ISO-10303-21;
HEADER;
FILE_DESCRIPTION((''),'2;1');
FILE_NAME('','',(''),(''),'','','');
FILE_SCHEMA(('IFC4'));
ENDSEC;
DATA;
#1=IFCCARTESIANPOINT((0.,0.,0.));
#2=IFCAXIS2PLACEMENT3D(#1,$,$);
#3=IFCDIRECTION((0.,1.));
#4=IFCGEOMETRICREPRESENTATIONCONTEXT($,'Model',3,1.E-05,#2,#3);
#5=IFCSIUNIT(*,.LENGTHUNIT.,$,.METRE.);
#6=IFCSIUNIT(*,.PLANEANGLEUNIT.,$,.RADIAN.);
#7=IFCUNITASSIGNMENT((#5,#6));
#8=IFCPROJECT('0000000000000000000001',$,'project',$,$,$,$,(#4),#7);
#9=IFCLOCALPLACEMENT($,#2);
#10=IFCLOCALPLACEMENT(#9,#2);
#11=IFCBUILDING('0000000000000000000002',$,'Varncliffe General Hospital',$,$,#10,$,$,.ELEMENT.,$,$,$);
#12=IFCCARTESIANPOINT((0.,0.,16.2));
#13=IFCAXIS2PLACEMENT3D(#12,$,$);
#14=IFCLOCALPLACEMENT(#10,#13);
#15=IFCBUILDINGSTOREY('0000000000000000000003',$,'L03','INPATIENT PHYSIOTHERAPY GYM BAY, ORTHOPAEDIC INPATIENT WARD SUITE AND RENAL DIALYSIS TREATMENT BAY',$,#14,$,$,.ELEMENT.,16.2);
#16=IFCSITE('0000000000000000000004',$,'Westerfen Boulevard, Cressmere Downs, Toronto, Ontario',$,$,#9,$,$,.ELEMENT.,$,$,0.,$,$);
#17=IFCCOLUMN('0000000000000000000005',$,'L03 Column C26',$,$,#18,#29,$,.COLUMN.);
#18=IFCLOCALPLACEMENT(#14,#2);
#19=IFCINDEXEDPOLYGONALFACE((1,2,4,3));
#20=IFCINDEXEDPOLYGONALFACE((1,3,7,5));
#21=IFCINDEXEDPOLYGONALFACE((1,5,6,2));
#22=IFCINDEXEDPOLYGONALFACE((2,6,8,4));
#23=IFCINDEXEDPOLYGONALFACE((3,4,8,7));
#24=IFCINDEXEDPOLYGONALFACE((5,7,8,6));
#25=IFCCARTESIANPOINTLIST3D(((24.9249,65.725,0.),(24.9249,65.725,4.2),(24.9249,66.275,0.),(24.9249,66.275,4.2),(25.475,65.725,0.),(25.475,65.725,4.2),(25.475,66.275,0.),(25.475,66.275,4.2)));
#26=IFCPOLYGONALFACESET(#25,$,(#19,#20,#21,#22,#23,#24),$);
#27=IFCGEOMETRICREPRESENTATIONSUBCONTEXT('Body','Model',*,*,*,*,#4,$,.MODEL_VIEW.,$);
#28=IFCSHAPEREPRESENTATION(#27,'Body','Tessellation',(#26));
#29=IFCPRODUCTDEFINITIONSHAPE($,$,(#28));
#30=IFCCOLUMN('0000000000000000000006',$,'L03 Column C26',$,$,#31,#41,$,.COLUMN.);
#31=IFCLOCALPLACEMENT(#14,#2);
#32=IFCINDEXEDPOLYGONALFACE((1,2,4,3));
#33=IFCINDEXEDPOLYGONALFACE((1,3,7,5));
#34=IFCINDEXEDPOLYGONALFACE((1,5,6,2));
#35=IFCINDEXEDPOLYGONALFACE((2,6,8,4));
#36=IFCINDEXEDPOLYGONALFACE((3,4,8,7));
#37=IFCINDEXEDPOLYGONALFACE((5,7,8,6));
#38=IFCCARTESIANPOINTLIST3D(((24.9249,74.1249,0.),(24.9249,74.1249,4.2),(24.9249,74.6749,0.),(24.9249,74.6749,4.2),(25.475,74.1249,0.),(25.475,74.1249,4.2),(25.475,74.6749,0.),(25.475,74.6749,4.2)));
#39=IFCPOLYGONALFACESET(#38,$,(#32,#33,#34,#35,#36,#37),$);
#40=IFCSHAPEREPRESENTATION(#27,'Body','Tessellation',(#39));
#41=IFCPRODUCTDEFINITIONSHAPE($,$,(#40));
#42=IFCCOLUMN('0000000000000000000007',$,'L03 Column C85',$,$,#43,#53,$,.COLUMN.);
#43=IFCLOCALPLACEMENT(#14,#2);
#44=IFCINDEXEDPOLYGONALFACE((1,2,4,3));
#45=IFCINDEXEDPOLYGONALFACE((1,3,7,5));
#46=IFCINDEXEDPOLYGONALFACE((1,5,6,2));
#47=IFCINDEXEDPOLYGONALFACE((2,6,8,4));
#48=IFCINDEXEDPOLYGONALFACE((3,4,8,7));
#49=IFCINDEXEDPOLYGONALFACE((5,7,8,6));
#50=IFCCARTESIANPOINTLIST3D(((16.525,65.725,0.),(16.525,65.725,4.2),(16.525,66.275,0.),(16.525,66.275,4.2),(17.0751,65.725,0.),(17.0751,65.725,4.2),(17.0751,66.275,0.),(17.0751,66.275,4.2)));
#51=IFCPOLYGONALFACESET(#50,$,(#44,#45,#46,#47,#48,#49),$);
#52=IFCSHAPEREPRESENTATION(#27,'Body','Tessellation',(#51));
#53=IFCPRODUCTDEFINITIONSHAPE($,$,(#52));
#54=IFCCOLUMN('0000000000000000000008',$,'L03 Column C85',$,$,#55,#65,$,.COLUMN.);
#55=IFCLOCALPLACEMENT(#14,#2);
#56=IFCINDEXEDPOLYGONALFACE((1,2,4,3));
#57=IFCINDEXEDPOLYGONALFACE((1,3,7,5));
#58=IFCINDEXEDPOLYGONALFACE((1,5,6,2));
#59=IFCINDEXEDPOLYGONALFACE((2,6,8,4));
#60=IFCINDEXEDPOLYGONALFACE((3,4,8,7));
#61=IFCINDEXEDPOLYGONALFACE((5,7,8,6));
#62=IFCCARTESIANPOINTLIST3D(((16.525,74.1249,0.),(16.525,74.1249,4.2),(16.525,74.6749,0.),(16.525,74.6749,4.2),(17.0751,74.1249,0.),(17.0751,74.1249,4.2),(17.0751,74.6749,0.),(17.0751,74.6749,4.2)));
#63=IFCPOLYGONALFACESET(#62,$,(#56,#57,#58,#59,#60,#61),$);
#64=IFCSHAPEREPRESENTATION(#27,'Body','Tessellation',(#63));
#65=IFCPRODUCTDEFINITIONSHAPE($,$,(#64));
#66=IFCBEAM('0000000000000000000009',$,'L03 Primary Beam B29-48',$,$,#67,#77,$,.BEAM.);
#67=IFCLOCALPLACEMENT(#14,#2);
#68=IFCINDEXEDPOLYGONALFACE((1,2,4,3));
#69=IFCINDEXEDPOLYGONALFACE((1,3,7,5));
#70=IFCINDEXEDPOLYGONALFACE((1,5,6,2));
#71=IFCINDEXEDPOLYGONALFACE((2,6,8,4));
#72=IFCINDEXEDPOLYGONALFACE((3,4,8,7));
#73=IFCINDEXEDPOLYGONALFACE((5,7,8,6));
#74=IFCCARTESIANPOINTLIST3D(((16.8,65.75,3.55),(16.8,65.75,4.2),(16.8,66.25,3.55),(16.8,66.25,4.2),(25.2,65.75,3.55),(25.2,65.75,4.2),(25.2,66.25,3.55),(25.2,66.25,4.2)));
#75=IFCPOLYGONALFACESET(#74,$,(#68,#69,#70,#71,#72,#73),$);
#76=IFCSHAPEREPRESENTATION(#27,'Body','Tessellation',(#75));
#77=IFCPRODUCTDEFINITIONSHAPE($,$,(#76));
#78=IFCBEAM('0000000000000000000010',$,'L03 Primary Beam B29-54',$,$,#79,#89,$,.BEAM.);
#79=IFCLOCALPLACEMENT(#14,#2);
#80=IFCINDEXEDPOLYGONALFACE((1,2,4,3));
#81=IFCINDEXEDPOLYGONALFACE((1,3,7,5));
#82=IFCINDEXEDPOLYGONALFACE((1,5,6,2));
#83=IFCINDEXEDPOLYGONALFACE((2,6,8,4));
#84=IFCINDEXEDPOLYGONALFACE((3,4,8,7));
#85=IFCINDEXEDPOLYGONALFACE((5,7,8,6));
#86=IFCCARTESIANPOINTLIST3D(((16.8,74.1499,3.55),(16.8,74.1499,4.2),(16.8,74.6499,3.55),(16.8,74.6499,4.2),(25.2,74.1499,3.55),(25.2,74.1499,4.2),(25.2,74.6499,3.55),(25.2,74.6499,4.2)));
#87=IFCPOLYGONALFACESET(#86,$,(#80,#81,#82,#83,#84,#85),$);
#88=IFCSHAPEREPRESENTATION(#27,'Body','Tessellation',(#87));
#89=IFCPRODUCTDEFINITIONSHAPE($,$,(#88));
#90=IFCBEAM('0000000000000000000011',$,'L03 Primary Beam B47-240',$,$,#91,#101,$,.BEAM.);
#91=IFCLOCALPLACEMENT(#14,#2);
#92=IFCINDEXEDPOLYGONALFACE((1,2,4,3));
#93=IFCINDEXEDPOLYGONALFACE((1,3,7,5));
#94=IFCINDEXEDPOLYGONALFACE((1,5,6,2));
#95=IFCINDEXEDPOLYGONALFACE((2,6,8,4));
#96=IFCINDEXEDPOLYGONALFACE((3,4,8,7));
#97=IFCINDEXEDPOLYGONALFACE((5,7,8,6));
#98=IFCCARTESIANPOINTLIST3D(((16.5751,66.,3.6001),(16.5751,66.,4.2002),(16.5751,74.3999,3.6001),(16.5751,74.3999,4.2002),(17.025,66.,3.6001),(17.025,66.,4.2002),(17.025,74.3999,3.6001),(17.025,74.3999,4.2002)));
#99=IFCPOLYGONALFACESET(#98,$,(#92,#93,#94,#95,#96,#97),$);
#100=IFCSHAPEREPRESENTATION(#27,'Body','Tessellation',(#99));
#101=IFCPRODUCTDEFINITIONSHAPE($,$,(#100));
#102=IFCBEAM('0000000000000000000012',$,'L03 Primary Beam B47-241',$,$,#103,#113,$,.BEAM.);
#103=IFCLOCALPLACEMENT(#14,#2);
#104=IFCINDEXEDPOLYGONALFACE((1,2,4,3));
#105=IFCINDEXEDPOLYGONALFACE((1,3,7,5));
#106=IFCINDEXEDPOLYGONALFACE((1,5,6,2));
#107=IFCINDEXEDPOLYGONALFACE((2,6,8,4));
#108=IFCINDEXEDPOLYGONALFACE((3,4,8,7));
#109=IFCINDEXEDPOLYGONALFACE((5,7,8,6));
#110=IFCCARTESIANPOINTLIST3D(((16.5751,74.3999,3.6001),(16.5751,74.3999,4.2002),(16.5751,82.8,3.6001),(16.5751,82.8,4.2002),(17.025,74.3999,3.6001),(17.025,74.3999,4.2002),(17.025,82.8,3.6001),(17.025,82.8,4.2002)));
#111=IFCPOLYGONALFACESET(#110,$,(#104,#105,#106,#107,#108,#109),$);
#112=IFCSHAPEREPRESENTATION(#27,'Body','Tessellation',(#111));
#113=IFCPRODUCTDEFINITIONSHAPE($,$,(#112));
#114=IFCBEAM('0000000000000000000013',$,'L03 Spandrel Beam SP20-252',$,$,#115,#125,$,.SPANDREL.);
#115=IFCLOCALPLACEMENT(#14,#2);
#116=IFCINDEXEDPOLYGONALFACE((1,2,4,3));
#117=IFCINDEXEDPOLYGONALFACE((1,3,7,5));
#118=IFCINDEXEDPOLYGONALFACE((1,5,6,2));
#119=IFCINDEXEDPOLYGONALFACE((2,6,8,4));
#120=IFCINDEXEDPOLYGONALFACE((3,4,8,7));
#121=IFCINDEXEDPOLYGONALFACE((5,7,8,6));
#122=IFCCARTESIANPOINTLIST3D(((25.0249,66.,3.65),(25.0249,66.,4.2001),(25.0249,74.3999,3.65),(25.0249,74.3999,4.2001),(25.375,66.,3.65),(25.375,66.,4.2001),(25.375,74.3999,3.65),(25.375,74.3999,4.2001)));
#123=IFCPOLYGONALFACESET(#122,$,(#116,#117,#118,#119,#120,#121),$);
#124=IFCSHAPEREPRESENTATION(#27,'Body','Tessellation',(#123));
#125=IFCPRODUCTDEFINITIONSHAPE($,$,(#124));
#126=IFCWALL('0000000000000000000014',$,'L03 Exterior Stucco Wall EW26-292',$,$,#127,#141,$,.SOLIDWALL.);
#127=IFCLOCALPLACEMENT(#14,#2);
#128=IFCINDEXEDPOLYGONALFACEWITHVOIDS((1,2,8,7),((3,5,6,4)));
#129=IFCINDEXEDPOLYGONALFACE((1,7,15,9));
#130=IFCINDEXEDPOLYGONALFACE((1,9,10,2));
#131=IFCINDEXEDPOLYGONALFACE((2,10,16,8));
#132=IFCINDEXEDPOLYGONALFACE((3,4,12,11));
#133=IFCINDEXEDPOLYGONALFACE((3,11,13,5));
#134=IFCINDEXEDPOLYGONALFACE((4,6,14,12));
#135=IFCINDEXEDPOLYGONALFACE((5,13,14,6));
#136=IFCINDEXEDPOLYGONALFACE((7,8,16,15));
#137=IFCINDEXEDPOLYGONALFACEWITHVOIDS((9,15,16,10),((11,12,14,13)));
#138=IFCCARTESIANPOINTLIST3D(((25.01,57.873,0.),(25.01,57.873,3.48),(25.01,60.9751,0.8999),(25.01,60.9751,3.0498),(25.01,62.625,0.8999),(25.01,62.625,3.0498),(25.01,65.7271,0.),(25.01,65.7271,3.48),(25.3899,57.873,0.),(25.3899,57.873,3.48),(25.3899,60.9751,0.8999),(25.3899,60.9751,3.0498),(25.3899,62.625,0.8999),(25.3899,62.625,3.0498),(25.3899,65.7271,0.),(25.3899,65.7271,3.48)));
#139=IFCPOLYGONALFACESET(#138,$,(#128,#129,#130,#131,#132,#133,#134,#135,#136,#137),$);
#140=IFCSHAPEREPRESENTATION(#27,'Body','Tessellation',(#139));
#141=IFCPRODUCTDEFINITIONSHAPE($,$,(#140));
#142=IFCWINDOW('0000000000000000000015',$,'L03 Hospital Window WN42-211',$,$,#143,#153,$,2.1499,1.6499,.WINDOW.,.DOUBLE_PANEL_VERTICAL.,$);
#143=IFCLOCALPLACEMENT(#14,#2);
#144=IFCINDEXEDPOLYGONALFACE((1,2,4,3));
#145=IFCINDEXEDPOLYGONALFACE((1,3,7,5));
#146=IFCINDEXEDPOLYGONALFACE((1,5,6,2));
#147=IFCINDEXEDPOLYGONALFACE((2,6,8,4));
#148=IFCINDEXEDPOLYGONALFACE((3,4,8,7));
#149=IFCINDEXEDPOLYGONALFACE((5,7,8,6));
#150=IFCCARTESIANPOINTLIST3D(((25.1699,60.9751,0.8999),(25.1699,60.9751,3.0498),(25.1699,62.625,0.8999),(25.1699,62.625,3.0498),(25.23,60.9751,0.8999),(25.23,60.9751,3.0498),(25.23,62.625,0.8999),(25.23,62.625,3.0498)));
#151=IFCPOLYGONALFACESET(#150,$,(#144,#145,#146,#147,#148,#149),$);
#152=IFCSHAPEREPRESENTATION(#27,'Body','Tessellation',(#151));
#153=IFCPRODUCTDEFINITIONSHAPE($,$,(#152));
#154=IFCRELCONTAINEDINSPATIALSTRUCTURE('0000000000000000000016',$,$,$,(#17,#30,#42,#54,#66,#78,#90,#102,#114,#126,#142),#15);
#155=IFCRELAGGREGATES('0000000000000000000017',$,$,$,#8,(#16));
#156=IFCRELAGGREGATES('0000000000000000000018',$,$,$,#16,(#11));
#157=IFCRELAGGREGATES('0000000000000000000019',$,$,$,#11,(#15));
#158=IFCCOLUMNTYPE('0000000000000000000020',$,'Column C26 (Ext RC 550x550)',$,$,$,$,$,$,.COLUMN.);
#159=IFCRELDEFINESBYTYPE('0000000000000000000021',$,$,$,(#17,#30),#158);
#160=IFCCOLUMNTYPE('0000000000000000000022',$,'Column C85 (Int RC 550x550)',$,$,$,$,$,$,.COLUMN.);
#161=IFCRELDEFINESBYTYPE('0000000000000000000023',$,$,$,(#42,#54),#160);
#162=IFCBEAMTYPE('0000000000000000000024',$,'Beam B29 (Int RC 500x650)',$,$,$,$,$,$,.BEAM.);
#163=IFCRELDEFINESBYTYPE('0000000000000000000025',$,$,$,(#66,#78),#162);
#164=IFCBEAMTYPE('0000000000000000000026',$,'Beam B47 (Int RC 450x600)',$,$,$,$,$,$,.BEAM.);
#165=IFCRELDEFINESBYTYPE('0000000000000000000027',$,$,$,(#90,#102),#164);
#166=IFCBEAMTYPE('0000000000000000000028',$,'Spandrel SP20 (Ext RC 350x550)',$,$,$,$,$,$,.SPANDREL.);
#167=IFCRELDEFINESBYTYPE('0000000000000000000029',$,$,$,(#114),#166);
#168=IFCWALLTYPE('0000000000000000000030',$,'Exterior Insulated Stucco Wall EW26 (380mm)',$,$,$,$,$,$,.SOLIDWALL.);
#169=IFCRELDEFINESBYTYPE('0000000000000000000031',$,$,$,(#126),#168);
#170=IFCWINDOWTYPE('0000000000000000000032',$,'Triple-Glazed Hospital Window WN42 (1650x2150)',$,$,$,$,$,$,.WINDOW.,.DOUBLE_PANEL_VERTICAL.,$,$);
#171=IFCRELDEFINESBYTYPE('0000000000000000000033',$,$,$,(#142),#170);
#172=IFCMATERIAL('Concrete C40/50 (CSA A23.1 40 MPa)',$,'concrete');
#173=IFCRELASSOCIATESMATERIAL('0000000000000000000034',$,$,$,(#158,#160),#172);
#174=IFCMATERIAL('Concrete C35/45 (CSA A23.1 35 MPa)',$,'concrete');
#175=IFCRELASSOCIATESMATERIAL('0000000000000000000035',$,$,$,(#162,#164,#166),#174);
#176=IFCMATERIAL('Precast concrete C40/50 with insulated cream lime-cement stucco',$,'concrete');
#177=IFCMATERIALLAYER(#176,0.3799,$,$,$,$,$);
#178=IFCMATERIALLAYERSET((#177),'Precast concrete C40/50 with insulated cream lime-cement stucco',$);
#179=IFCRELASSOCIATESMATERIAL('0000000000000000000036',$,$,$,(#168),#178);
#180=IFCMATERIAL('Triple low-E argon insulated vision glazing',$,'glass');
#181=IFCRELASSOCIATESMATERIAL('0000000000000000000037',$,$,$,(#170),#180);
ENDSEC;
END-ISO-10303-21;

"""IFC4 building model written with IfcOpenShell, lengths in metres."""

from ifc_helpers import new_model, si_unit, direction, frame, frame_2d, origin, origin_2d, place, context, subcontext, project, spatial, rectangle, extrude, material, layer, layer_set, material_profile, profile_set, type_object, element, fill, save


model = new_model("IFC4")

# Units and contexts
model_context = context("Model", 3, precision=1e-05, world=origin(), true_north=direction((0.0, 1.0)))
body_context = subcontext(model_context, "Body", "Model", "MODEL_VIEW")
ifc_project = project(units=[si_unit("LENGTHUNIT", "METRE"), si_unit("PLANEANGLEUNIT", "RADIAN")], contexts=[model_context])

# Site, building, storey
site_placement = place(None, origin())
site = spatial("IfcSite", under=ifc_project, at=site_placement, Name="Westerfen Boulevard, Cressmere Downs, Toronto, Ontario", CompositionType="ELEMENT", RefElevation=0.0)
building_placement = place(site_placement, origin())
building = spatial("IfcBuilding", under=site, at=building_placement, Name="Varncliffe General Hospital", CompositionType="ELEMENT")
storey_placement = place(building_placement, frame((0.0, 0.0, 16.2)))
storey = spatial("IfcBuildingStorey", under=building, at=storey_placement, Name="L03", Description="INPATIENT PHYSIOTHERAPY GYM BAY, ORTHOPAEDIC INPATIENT WARD SUITE AND RENAL DIALYSIS TREATMENT BAY", CompositionType="ELEMENT", Elevation=16.2)

# Columns
ifc_material_1 = material(Name="Concrete C40/50 (CSA A23.1 40 MPa)", Category="concrete")
ifc_material_profile_1 = material_profile(ifc_material_1, rectangle(XDim=0.55, YDim=0.55, at=origin_2d()), Name="RC 550x550")
ifc_profile_set_1 = profile_set([ifc_material_profile_1], Name="Concrete C40/50 (CSA A23.1 40 MPa)")
column_type_1 = type_object("IfcColumnType", Name="Column C26 (Ext RC 550x550)", PredefinedType="COLUMN", material=ifc_profile_set_1)
for number, where, z_axis, x_axis, name in (
    (1, (25.2, 66.0, 0.0), (0.0, 0.0, 1.0), (1.0, 0.0, 0.0), "L03 Column C26"),
    (2, (25.2, 74.3999, 0.0), (0.0, 0.0, 1.0), (1.0, 0.0, 0.0), "L03 Column C26"),
):
    element("IfcColumn", number, at=place(storey_placement, frame(where, z_axis=z_axis, x_axis=x_axis)), inside=storey, type_object=column_type_1, Name=name, PredefinedType="COLUMN", context=body_context, shape_type="SweptSolid", body=[
        extrude(rectangle(XDim=0.55, YDim=0.55, at=origin_2d()), origin(), (0.0, 0.0, 1.0), 4.2),
    ])
ifc_material_profile_2 = material_profile(ifc_material_1, rectangle(XDim=0.55, YDim=0.55, at=origin_2d()), Name="RC 550x550")
ifc_profile_set_2 = profile_set([ifc_material_profile_2], Name="Concrete C40/50 (CSA A23.1 40 MPa)")
column_type_2 = type_object("IfcColumnType", Name="Column C85 (Int RC 550x550)", PredefinedType="COLUMN", material=ifc_profile_set_2)
for number, where, z_axis, x_axis, name in (
    (3, (16.8, 66.0, 0.0), (0.0, 0.0, 1.0), (1.0, 0.0, 0.0), "L03 Column C85"),
    (4, (16.8, 74.3999, 0.0), (0.0, 0.0, 1.0), (1.0, 0.0, 0.0), "L03 Column C85"),
):
    element("IfcColumn", number, at=place(storey_placement, frame(where, z_axis=z_axis, x_axis=x_axis)), inside=storey, type_object=column_type_2, Name=name, PredefinedType="COLUMN", context=body_context, shape_type="SweptSolid", body=[
        extrude(rectangle(XDim=0.55, YDim=0.55, at=origin_2d()), origin(), (0.0, 0.0, 1.0), 4.2),
    ])

# Beams
ifc_material_2 = material(Name="Concrete C35/45 (CSA A23.1 35 MPa)", Category="concrete")
ifc_material_profile_3 = material_profile(ifc_material_2, rectangle(XDim=0.5, YDim=0.6499, at=origin_2d()), Name="RC 500x650")
ifc_profile_set_3 = profile_set([ifc_material_profile_3], Name="Concrete C35/45 (CSA A23.1 35 MPa)")
beam_type_1 = type_object("IfcBeamType", Name="Beam B29 (Int RC 500x650)", PredefinedType="BEAM", material=ifc_profile_set_3)
for number, where, z_axis, x_axis, name in (
    (5, (16.8, 66.0, 3.875), (1.0, 0.0, 0.0), (0.0, 1.0, 0.0), "L03 Primary Beam B29-48"),
    (6, (16.8, 74.3999, 3.875), (1.0, 0.0, 0.0), (0.0, 1.0, 0.0), "L03 Primary Beam B29-54"),
):
    element("IfcBeam", number, at=place(storey_placement, frame(where, z_axis=z_axis, x_axis=x_axis)), inside=storey, type_object=beam_type_1, Name=name, PredefinedType="BEAM", context=body_context, shape_type="SweptSolid", body=[
        extrude(rectangle(XDim=0.5, YDim=0.6499, at=origin_2d()), origin(), (0.0, 0.0, 1.0), 8.3999),
    ])
ifc_material_profile_4 = material_profile(ifc_material_2, rectangle(XDim=0.45, YDim=0.6001, at=origin_2d()), Name="RC 450x600")
ifc_profile_set_4 = profile_set([ifc_material_profile_4], Name="Concrete C35/45 (CSA A23.1 35 MPa)")
beam_type_2 = type_object("IfcBeamType", Name="Beam B47 (Int RC 450x600)", PredefinedType="BEAM", material=ifc_profile_set_4)
beam_1_placement = place(storey_placement, frame((16.8, 66.0, 3.9001), z_axis=(0.0, 1.0, 0.0), x_axis=(-1.0, 0.0, 0.0)))
element("IfcBeam", 7, at=beam_1_placement, inside=storey, type_object=beam_type_2, Name="L03 Primary Beam B47-240", PredefinedType="BEAM", context=body_context, shape_type="SweptSolid", body=[
    extrude(rectangle(XDim=0.45, YDim=0.6001, at=origin_2d()), origin(), (0.0, 0.0, 1.0), 8.3999),
])
beam_2_placement = place(storey_placement, frame((16.8, 74.3999, 3.9001), z_axis=(0.0, 1.0, 0.0), x_axis=(-1.0, 0.0, 0.0)))
element("IfcBeam", 8, at=beam_2_placement, inside=storey, type_object=beam_type_2, Name="L03 Primary Beam B47-241", PredefinedType="BEAM", context=body_context, shape_type="SweptSolid", body=[
    extrude(rectangle(XDim=0.45, YDim=0.6001, at=origin_2d()), origin(), (0.0, 0.0, 1.0), 8.4001),
])
ifc_material_profile_5 = material_profile(ifc_material_2, rectangle(XDim=0.3501, YDim=0.55, at=origin_2d()), Name="RC 350x550")
ifc_profile_set_5 = profile_set([ifc_material_profile_5], Name="Concrete C35/45 (CSA A23.1 35 MPa)")
beam_type_3 = type_object("IfcBeamType", Name="Spandrel SP20 (Ext RC 350x550)", PredefinedType="SPANDREL", material=ifc_profile_set_5)
beam_3_placement = place(storey_placement, frame((25.2, 66.0, 3.925), z_axis=(0.0, 1.0, 0.0), x_axis=(-1.0, 0.0, 0.0)))
element("IfcBeam", 9, at=beam_3_placement, inside=storey, type_object=beam_type_3, Name="L03 Spandrel Beam SP20-252", PredefinedType="SPANDREL", context=body_context, shape_type="SweptSolid", body=[
    extrude(rectangle(XDim=0.3501, YDim=0.55, at=origin_2d()), origin(), (0.0, 0.0, 1.0), 8.3999),
])

# Wall, opening, window
ifc_material_3 = material(Name="Precast concrete C40/50 with insulated cream lime-cement stucco", Category="concrete")
ifc_layer_1 = layer(ifc_material_3, 0.3799)
ifc_layer_set_1 = layer_set([ifc_layer_1], Name="Precast concrete C40/50 with insulated cream lime-cement stucco")
wall_type_1 = type_object("IfcWallType", Name="Exterior Insulated Stucco Wall EW26 (380mm)", PredefinedType="SOLIDWALL", material=ifc_layer_set_1)
wall_1_placement = place(storey_placement, frame((25.2, 65.7271, 0.0), z_axis=(0.0, 0.0, 1.0), x_axis=(0.0, -1.0, 0.0)))
wall_1 = element("IfcWall", 10, at=wall_1_placement, inside=storey, type_object=wall_type_1, Name="L03 Exterior Stucco Wall EW26-292", PredefinedType="SOLIDWALL", context=body_context, shape_type="SweptSolid", body=[
    extrude(rectangle(XDim=7.854, YDim=0.3799, at=frame_2d((3.927, 0.0))), origin(), (0.0, 0.0, 1.0), 3.48),
])
opening_1_placement = place(wall_1_placement, frame((3.1021, 0.0, 0.8999)))
opening_1 = element("IfcOpeningElement", 11, at=opening_1_placement, cuts=wall_1, PredefinedType="OPENING", context=body_context, shape_type="SweptSolid", body=[
    extrude(rectangle(XDim=1.6499, YDim=2.1499, at=frame_2d((0.825, 1.075))), frame((0.0, 0.2, 0.0), z_axis=(0.0, -1.0, 0.0), x_axis=(1.0, 0.0, 0.0)), (0.0, 0.0, 1.0), 0.3999),
])
ifc_material_4 = material(Name="Triple low-E argon insulated vision glazing", Category="glass")
window_type_1 = type_object("IfcWindowType", Name="Triple-Glazed Hospital Window WN42 (1650x2150)", PartitioningType="DOUBLE_PANEL_VERTICAL", PredefinedType="WINDOW", material=ifc_material_4)
window_1_placement = place(opening_1_placement, origin())
window_1 = element("IfcWindow", 12, at=window_1_placement, inside=storey, type_object=window_type_1, Name="L03 Hospital Window WN42-211", OverallHeight=2.1499, OverallWidth=1.6499, PartitioningType="DOUBLE_PANEL_VERTICAL", PredefinedType="WINDOW", context=body_context, shape_type="SweptSolid", body=[
    extrude(rectangle(XDim=1.6499, YDim=2.1499, at=frame_2d((0.825, 1.075))), frame((0.0, 0.03, 0.0), z_axis=(0.0, -1.0, 0.0), x_axis=(1.0, 0.0, 0.0)), (0.0, 0.0, 1.0), 0.0601),
])
fill(opening_1, window_1)

save(model, "model.ifc")
